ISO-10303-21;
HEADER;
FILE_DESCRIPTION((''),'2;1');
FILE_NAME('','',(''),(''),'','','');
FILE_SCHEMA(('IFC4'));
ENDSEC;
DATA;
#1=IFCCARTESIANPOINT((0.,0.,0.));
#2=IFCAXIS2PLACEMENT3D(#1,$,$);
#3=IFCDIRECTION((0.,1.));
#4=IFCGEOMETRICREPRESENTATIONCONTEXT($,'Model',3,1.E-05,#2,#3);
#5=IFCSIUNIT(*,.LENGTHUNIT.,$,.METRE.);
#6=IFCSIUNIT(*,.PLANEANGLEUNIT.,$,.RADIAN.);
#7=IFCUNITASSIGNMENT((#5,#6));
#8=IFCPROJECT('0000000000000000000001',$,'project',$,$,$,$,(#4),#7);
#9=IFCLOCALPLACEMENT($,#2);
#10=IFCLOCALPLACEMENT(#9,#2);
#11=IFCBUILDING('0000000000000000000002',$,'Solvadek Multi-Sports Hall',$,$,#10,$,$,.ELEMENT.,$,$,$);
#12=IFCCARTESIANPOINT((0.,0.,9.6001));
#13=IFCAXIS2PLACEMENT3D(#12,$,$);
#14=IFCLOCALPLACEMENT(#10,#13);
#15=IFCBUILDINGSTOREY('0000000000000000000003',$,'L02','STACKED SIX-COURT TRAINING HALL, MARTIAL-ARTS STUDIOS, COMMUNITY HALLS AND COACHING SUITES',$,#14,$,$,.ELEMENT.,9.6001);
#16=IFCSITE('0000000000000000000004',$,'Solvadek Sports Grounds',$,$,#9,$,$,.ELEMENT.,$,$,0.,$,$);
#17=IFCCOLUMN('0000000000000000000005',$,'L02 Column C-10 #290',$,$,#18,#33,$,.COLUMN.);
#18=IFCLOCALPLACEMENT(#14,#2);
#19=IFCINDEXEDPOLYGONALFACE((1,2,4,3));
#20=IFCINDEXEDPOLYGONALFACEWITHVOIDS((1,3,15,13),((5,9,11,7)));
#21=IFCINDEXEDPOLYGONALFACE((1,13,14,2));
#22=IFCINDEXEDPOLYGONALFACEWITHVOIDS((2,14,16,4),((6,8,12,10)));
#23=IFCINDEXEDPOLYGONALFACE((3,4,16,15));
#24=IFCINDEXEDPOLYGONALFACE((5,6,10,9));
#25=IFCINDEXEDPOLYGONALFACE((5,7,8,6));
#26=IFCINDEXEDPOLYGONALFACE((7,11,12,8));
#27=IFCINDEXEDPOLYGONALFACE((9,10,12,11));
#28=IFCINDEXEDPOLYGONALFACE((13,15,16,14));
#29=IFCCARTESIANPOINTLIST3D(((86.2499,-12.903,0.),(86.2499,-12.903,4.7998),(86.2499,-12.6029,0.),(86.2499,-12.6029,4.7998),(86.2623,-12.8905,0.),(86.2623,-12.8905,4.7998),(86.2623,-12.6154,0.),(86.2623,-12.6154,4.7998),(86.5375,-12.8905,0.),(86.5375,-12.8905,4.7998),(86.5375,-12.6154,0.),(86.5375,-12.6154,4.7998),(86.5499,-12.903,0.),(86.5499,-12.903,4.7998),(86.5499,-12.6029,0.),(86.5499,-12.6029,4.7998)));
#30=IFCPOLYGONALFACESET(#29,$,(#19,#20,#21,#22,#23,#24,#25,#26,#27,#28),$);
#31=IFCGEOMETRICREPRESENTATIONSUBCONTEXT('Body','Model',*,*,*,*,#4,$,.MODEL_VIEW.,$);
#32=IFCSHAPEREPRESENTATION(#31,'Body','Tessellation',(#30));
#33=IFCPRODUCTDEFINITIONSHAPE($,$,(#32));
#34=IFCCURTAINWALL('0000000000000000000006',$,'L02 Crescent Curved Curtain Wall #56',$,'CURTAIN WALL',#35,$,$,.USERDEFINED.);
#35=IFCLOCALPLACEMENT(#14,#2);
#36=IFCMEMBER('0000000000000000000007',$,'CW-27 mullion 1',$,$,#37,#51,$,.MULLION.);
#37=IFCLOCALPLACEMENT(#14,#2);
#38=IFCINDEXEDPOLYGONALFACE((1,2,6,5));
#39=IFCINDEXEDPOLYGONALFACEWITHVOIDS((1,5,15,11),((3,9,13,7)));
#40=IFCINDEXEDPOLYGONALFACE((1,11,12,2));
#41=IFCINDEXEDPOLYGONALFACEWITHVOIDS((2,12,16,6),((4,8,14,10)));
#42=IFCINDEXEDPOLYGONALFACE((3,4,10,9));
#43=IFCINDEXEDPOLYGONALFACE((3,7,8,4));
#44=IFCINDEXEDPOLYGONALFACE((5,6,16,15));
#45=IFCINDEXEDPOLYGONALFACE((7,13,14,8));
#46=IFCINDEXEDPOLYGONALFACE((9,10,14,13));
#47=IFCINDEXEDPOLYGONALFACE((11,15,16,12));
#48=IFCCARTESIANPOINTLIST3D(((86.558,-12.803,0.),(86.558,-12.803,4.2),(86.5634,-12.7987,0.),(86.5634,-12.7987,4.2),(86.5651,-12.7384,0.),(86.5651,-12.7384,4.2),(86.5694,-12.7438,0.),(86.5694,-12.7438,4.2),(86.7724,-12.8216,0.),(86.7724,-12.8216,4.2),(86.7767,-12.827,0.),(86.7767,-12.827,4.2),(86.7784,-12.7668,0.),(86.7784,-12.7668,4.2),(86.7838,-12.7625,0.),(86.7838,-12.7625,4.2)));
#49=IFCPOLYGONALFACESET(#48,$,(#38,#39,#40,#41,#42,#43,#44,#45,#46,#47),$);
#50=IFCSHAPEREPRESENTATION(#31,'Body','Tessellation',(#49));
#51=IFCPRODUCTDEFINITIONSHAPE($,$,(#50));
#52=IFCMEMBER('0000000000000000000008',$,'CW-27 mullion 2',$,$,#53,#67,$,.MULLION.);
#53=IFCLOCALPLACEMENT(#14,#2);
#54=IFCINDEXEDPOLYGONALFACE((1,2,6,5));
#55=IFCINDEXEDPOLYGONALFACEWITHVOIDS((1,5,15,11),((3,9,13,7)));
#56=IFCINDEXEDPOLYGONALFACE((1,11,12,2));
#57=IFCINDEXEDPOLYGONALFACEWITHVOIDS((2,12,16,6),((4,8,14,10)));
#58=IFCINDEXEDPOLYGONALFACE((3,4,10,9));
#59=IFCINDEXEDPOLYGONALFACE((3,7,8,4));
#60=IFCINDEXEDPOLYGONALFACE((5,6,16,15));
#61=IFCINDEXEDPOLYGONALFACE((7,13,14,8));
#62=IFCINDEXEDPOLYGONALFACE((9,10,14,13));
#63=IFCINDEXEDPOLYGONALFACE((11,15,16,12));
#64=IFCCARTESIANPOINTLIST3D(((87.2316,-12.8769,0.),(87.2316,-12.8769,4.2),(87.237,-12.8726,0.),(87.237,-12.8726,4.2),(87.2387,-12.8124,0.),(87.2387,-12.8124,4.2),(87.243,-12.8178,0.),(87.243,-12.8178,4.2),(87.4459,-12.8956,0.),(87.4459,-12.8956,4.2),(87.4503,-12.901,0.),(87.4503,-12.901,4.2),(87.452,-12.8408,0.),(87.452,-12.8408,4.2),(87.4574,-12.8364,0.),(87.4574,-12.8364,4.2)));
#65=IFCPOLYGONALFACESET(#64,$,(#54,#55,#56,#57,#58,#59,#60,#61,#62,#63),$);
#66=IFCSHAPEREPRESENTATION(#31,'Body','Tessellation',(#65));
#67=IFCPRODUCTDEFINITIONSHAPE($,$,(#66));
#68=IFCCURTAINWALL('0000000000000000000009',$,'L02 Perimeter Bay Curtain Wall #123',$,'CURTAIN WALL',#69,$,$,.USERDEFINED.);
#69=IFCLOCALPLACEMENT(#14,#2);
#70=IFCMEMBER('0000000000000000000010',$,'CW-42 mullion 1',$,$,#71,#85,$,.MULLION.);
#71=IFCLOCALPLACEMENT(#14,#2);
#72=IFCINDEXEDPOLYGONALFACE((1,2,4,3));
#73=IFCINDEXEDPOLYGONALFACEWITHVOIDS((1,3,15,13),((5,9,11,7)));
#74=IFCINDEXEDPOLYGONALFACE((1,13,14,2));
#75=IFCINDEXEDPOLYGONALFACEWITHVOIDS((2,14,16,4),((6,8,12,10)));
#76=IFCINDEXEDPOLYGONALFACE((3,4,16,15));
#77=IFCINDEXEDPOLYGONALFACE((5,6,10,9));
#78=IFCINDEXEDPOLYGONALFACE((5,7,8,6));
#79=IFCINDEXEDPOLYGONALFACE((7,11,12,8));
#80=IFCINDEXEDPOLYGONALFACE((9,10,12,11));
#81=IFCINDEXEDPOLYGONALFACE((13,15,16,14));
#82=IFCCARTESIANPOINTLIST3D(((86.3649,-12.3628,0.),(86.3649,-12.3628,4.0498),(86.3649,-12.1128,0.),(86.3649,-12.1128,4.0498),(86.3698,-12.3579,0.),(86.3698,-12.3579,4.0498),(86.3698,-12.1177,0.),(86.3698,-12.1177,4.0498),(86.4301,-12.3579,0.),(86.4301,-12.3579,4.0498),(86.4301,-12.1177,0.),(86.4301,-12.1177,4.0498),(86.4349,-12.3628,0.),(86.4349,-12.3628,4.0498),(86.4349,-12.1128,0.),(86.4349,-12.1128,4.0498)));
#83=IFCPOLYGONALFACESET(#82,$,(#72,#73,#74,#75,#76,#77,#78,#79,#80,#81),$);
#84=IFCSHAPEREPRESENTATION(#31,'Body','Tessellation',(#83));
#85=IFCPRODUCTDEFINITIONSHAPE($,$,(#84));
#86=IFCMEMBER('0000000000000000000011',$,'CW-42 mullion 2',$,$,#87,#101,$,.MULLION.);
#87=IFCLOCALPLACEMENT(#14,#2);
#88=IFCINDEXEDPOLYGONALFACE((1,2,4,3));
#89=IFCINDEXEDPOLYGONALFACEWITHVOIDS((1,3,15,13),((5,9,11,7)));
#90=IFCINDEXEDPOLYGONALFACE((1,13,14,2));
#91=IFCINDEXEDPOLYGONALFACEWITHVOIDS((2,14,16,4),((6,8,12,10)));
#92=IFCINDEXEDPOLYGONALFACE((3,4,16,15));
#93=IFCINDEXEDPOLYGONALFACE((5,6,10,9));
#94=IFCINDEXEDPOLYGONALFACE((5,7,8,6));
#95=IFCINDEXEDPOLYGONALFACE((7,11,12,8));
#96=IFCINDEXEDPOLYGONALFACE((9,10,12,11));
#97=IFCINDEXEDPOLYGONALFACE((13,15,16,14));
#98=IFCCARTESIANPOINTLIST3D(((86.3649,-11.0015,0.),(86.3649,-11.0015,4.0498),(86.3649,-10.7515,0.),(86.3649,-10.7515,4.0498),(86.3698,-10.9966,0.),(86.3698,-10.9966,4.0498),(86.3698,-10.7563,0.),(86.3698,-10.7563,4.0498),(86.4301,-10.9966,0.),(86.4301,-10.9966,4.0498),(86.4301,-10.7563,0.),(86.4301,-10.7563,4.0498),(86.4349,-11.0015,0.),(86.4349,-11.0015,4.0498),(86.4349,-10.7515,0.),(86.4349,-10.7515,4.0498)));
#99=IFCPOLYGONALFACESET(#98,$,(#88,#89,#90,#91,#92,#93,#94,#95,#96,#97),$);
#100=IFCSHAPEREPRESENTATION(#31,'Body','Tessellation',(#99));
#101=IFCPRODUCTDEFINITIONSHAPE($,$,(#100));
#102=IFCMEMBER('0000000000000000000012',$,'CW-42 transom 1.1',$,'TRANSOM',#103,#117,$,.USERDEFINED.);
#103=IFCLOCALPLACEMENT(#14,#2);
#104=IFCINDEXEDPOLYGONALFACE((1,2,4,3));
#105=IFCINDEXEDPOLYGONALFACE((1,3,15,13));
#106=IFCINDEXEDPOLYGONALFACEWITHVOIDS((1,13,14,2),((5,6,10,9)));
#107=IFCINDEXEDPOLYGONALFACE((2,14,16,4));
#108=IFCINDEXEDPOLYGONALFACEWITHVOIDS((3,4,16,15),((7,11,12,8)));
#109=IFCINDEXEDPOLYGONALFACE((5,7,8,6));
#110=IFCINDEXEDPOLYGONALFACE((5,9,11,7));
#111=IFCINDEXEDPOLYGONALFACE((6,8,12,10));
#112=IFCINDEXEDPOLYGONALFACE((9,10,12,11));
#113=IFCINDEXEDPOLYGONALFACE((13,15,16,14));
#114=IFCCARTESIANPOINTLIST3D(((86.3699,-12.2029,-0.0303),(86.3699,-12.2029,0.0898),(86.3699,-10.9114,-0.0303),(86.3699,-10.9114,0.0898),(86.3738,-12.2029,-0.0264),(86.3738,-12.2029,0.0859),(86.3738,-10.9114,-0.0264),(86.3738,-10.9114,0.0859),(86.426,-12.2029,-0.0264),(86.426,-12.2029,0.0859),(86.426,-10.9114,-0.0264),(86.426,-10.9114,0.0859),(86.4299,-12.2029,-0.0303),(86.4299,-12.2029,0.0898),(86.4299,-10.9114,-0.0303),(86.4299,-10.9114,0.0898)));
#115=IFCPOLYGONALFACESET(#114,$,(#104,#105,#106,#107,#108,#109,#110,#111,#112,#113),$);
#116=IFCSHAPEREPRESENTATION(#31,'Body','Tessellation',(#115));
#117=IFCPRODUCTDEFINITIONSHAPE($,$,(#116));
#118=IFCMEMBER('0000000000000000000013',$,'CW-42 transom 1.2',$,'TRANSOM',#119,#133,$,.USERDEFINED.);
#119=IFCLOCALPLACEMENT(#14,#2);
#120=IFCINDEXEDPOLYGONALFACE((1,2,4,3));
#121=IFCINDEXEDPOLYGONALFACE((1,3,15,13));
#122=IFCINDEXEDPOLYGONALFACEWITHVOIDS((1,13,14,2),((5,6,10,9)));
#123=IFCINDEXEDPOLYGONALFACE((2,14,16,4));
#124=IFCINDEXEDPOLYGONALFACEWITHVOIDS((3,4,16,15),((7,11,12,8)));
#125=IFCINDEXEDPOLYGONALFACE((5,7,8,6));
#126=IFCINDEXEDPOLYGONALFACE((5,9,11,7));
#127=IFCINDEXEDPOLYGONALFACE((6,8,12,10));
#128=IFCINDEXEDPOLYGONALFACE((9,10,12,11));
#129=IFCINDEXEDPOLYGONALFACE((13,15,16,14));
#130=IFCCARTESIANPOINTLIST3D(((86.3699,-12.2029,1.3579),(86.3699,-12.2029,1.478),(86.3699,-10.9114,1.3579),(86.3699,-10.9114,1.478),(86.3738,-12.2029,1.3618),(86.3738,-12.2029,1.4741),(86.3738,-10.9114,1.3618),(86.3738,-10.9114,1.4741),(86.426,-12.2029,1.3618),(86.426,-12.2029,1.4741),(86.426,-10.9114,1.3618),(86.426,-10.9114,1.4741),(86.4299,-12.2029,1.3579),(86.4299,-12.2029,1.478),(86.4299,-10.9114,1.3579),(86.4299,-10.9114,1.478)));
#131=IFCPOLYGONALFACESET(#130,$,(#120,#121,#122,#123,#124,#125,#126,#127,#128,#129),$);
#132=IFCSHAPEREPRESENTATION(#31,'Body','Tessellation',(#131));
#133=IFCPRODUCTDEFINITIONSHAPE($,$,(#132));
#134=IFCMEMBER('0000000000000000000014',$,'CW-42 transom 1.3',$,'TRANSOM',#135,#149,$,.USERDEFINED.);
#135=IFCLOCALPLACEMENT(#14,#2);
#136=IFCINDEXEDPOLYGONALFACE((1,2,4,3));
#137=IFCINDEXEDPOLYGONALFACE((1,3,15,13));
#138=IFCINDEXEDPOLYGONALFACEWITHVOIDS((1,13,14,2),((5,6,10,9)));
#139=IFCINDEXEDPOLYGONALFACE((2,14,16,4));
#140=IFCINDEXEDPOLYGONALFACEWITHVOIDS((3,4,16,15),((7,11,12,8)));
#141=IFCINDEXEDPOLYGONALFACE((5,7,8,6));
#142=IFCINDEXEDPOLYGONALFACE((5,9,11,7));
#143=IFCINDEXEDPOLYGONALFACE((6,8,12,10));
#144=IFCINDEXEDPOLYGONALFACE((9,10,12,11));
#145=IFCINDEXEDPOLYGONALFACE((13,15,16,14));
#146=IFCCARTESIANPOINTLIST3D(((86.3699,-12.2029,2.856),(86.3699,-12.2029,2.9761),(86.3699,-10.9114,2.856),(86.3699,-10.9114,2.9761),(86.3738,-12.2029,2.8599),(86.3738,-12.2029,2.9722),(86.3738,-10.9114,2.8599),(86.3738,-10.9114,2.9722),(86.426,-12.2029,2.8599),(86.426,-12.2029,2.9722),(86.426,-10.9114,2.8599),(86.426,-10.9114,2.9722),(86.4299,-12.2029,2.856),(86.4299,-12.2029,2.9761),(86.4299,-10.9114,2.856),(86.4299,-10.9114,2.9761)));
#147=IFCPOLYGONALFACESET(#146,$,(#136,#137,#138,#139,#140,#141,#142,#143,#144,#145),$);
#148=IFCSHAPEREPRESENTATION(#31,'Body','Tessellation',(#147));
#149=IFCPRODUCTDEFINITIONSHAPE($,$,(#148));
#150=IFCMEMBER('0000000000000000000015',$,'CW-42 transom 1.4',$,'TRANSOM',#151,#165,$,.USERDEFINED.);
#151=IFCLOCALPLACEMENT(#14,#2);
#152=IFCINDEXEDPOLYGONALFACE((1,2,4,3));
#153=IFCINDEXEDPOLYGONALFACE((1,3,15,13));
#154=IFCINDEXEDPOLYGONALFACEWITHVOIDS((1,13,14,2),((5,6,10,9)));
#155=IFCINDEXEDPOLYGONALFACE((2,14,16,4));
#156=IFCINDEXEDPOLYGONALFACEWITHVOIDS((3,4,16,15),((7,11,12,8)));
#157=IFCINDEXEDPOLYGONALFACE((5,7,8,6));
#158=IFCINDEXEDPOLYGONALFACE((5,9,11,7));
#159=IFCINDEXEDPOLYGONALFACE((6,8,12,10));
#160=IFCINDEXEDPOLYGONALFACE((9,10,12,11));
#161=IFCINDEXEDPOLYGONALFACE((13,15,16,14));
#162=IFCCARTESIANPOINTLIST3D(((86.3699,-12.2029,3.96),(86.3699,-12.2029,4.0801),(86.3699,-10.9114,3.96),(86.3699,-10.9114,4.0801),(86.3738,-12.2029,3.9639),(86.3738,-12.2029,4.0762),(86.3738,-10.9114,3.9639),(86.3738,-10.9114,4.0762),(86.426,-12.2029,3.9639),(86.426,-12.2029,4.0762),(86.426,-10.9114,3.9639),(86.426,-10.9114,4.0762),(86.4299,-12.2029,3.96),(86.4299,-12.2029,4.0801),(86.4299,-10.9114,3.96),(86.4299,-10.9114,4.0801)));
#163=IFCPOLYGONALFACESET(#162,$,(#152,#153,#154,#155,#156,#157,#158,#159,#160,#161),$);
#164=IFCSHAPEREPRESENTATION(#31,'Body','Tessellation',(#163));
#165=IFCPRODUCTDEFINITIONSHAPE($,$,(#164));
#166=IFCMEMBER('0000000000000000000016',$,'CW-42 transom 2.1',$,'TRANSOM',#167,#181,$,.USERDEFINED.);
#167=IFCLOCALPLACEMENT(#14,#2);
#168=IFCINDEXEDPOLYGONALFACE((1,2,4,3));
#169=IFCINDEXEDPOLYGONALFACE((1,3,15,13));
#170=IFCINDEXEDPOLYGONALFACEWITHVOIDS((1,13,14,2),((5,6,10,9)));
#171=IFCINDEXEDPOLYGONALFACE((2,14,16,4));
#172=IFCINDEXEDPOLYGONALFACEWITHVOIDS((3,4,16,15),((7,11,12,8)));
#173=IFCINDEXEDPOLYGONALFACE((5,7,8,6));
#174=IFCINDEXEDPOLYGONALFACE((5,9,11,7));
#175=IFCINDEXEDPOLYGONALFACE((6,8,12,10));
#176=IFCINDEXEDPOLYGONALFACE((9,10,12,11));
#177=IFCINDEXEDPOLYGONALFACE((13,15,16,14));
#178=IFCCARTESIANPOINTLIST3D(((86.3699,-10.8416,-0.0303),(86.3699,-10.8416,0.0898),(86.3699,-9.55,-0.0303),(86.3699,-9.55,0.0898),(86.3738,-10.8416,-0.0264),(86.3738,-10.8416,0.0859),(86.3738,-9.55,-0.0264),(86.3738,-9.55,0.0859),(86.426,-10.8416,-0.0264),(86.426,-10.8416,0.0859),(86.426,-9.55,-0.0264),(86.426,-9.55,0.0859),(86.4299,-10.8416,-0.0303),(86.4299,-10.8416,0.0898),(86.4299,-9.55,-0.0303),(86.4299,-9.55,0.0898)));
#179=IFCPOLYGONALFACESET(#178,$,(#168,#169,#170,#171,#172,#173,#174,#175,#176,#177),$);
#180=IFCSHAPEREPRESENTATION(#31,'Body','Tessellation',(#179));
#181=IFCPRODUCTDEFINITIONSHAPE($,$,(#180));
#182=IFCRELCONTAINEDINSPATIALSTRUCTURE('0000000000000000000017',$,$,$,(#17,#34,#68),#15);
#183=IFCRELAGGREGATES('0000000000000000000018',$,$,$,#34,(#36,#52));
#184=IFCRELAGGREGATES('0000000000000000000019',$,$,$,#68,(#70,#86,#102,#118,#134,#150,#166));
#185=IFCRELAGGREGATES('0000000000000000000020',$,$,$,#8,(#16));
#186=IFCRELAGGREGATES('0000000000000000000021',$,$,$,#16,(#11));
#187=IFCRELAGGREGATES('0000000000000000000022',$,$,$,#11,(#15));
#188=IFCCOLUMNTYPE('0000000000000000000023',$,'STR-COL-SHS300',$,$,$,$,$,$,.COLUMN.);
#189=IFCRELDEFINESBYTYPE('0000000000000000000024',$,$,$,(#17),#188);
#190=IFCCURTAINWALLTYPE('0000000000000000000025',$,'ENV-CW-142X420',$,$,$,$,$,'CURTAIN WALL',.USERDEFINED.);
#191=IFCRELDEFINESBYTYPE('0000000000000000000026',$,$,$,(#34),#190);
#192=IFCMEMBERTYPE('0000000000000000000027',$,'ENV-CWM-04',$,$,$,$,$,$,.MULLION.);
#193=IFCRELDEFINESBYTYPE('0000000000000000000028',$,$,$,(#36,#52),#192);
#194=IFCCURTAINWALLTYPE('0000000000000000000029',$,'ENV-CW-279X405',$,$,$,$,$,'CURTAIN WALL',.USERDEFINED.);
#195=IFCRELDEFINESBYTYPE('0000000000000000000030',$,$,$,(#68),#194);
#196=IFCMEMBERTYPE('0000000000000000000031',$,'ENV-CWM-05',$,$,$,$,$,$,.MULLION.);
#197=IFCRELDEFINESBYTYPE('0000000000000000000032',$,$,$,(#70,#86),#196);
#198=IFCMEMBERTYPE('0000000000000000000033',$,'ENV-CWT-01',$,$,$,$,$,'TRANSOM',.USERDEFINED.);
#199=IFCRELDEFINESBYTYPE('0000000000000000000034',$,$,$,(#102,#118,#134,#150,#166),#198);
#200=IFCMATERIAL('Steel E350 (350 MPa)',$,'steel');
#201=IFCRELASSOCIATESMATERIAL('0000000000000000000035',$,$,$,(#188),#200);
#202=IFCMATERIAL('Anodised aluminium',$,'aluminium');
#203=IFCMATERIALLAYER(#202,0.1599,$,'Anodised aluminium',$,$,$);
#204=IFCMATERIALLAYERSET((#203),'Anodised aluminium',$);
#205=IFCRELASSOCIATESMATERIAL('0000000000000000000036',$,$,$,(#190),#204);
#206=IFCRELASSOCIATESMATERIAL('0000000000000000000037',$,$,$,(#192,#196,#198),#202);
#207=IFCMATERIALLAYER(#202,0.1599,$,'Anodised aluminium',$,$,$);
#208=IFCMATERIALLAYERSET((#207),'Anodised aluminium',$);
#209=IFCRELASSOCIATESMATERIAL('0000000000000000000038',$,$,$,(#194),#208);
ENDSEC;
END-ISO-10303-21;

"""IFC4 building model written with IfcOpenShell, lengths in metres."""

from ifc_helpers import new_model, si_unit, direction, frame, origin, origin_2d, place, context, subcontext, project, spatial, hollow_rectangle, extrude, material, layer, layer_set, material_profile, profile_set, type_object, element, aggregate, save


model = new_model("IFC4")

# Units and contexts
model_context = context("Model", 3, precision=1e-05, world=origin(), true_north=direction((0.0, 1.0)))
body_context = subcontext(model_context, "Body", "Model", "MODEL_VIEW")
ifc_project = project(units=[si_unit("LENGTHUNIT", "METRE"), si_unit("PLANEANGLEUNIT", "RADIAN")], contexts=[model_context])

# Site, building, storey
site_placement = place(None, origin())
site = spatial("IfcSite", under=ifc_project, at=site_placement, Name="Solvadek Sports Grounds", CompositionType="ELEMENT", RefElevation=0.0)
building_placement = place(site_placement, origin())
building = spatial("IfcBuilding", under=site, at=building_placement, Name="Solvadek Multi-Sports Hall", CompositionType="ELEMENT")
storey_placement = place(building_placement, frame((0.0, 0.0, 9.6001)))
storey = spatial("IfcBuildingStorey", under=building, at=storey_placement, Name="L02", Description="STACKED SIX-COURT TRAINING HALL, MARTIAL-ARTS STUDIOS, COMMUNITY HALLS AND COACHING SUITES", CompositionType="ELEMENT", Elevation=9.6001)

# Column
ifc_material_1 = material(Name="Steel E350 (350 MPa)", Category="steel")
ifc_material_profile_1 = material_profile(ifc_material_1, hollow_rectangle(XDim=0.3, YDim=0.3, WallThickness=0.0125, at=origin_2d()), Name="SHS 300x300x12.5")
ifc_profile_set_1 = profile_set([ifc_material_profile_1], Name="Steel E350 (350 MPa)")
column_type = type_object("IfcColumnType", Name="STR-COL-SHS300", PredefinedType="COLUMN", material=ifc_profile_set_1)
column_placement = place(storey_placement, frame((86.3999, -12.7529, 0.0), z_axis=(0.0, 0.0, 1.0), x_axis=(1.0, 0.0, 0.0)))
element("IfcColumn", 1, at=column_placement, inside=storey, type_object=column_type, Name="L02 Column C-10 #290", PredefinedType="COLUMN", context=body_context, shape_type="SweptSolid", body=[
    extrude(hollow_rectangle(XDim=0.3, YDim=0.3, WallThickness=0.0125, at=origin_2d()), origin(), (0.0, 0.0, 1.0), 4.7998),
])

# Curtain walls, members
ifc_material_2 = material(Name="Anodised aluminium", Category="aluminium")
ifc_layer_1 = layer(ifc_material_2, 0.1599, Name="Anodised aluminium")
ifc_layer_set_1 = layer_set([ifc_layer_1], Name="Anodised aluminium")
curtain_wall_type_1 = type_object("IfcCurtainWallType", Name="ENV-CW-142X420", ElementType="CURTAIN WALL", PredefinedType="USERDEFINED", material=ifc_layer_set_1)
curtain_wall_1_placement = place(storey_placement, origin())
curtain_wall_1 = element("IfcCurtainWall", 2, at=curtain_wall_1_placement, inside=storey, type_object=curtain_wall_type_1, Name="L02 Crescent Curved Curtain Wall #56", ObjectType="CURTAIN WALL", PredefinedType="USERDEFINED")
ifc_material_profile_2 = material_profile(ifc_material_2, hollow_rectangle(XDim=0.0649, YDim=0.22, WallThickness=0.0049, at=origin_2d()), Name="ALU-M 220x65x5")
ifc_profile_set_2 = profile_set([ifc_material_profile_2], Name="Anodised aluminium")
member_type_1 = type_object("IfcMemberType", Name="ENV-CWM-04", PredefinedType="MULLION", material=ifc_profile_set_2)
member_1_placement = place(storey_placement, frame((86.6709, -12.7827, 0.0), z_axis=(0.0, 0.0, 1.0), x_axis=(0.109288, 0.99401, 0.0)))
member_1 = element("IfcMember", 3, at=member_1_placement, type_object=member_type_1, Name="CW-27 mullion 1", PredefinedType="MULLION", context=body_context, shape_type="SweptSolid", body=[
    extrude(hollow_rectangle(XDim=0.0649, YDim=0.22, WallThickness=0.0049, at=origin_2d()), origin(), (0.0, 0.0, 1.0), 4.2),
])
member_2_placement = place(storey_placement, frame((87.3445, -12.8567, 0.0), z_axis=(0.0, 0.0, 1.0), x_axis=(0.109288, 0.99401, 0.0)))
member_2 = element("IfcMember", 4, at=member_2_placement, type_object=member_type_1, Name="CW-27 mullion 2", PredefinedType="MULLION", context=body_context, shape_type="SweptSolid", body=[
    extrude(hollow_rectangle(XDim=0.0649, YDim=0.22, WallThickness=0.0049, at=origin_2d()), origin(), (0.0, 0.0, 1.0), 4.2),
])
ifc_layer_2 = layer(ifc_material_2, 0.1599, Name="Anodised aluminium")
ifc_layer_set_2 = layer_set([ifc_layer_2], Name="Anodised aluminium")
curtain_wall_type_2 = type_object("IfcCurtainWallType", Name="ENV-CW-279X405", ElementType="CURTAIN WALL", PredefinedType="USERDEFINED", material=ifc_layer_set_2)
curtain_wall_2_placement = place(storey_placement, origin())
curtain_wall_2 = element("IfcCurtainWall", 5, at=curtain_wall_2_placement, inside=storey, type_object=curtain_wall_type_2, Name="L02 Perimeter Bay Curtain Wall #123", ObjectType="CURTAIN WALL", PredefinedType="USERDEFINED")
ifc_material_profile_3 = material_profile(ifc_material_2, hollow_rectangle(XDim=0.0701, YDim=0.25, WallThickness=0.0049, at=origin_2d()), Name="ALU-M 250x70x5")
ifc_profile_set_3 = profile_set([ifc_material_profile_3], Name="Anodised aluminium")
member_type_2 = type_object("IfcMemberType", Name="ENV-CWM-05", PredefinedType="MULLION", material=ifc_profile_set_3)
member_3_placement = place(storey_placement, frame((86.3999, -12.2378, 0.0), z_axis=(0.0, 0.0, 1.0), x_axis=(-1.0, 0.0, 0.0)))
member_3 = element("IfcMember", 6, at=member_3_placement, type_object=member_type_2, Name="CW-42 mullion 1", PredefinedType="MULLION", context=body_context, shape_type="SweptSolid", body=[
    extrude(hollow_rectangle(XDim=0.0701, YDim=0.25, WallThickness=0.0049, at=origin_2d()), origin(), (0.0, 0.0, 1.0), 4.0498),
])
member_4_placement = place(storey_placement, frame((86.3999, -10.8765, 0.0), z_axis=(0.0, 0.0, 1.0), x_axis=(-1.0, 0.0, 0.0)))
member_4 = element("IfcMember", 7, at=member_4_placement, type_object=member_type_2, Name="CW-42 mullion 2", PredefinedType="MULLION", context=body_context, shape_type="SweptSolid", body=[
    extrude(hollow_rectangle(XDim=0.0701, YDim=0.25, WallThickness=0.0049, at=origin_2d()), origin(), (0.0, 0.0, 1.0), 4.0498),
])
ifc_material_profile_4 = material_profile(ifc_material_2, hollow_rectangle(XDim=0.0601, YDim=0.1201, WallThickness=0.0039, at=origin_2d()), Name="ALU-T 120x60x4")
ifc_profile_set_4 = profile_set([ifc_material_profile_4], Name="Anodised aluminium")
member_type_3 = type_object("IfcMemberType", Name="ENV-CWT-01", ElementType="TRANSOM", PredefinedType="USERDEFINED", material=ifc_profile_set_4)
member_5_placement = place(storey_placement, frame((86.3999, -12.2029, 0.0298), z_axis=(0.0, 1.0, 0.0), x_axis=(-1.0, 0.0, 0.0)))
member_5 = element("IfcMember", 8, at=member_5_placement, type_object=member_type_3, Name="CW-42 transom 1.1", ObjectType="TRANSOM", PredefinedType="USERDEFINED", context=body_context, shape_type="SweptSolid", body=[
    extrude(hollow_rectangle(XDim=0.0601, YDim=0.1201, WallThickness=0.0039, at=origin_2d()), origin(), (0.0, 0.0, 1.0), 1.2915),
])
member_6_placement = place(storey_placement, frame((86.3999, -12.2029, 1.418), z_axis=(0.0, 1.0, 0.0), x_axis=(-1.0, 0.0, 0.0)))
member_6 = element("IfcMember", 9, at=member_6_placement, type_object=member_type_3, Name="CW-42 transom 1.2", ObjectType="TRANSOM", PredefinedType="USERDEFINED", context=body_context, shape_type="SweptSolid", body=[
    extrude(hollow_rectangle(XDim=0.0601, YDim=0.1201, WallThickness=0.0039, at=origin_2d()), origin(), (0.0, 0.0, 1.0), 1.2915),
])
member_7_placement = place(storey_placement, frame((86.3999, -12.2029, 2.916), z_axis=(0.0, 1.0, 0.0), x_axis=(-1.0, 0.0, 0.0)))
member_7 = element("IfcMember", 10, at=member_7_placement, type_object=member_type_3, Name="CW-42 transom 1.3", ObjectType="TRANSOM", PredefinedType="USERDEFINED", context=body_context, shape_type="SweptSolid", body=[
    extrude(hollow_rectangle(XDim=0.0601, YDim=0.1201, WallThickness=0.0039, at=origin_2d()), origin(), (0.0, 0.0, 1.0), 1.2915),
])
member_8_placement = place(storey_placement, frame((86.3999, -12.2029, 4.02), z_axis=(0.0, 1.0, 0.0), x_axis=(-1.0, 0.0, 0.0)))
member_8 = element("IfcMember", 11, at=member_8_placement, type_object=member_type_3, Name="CW-42 transom 1.4", ObjectType="TRANSOM", PredefinedType="USERDEFINED", context=body_context, shape_type="SweptSolid", body=[
    extrude(hollow_rectangle(XDim=0.0601, YDim=0.1201, WallThickness=0.0039, at=origin_2d()), origin(), (0.0, 0.0, 1.0), 1.2915),
])
member_9_placement = place(storey_placement, frame((86.3999, -10.8416, 0.0298), z_axis=(0.0, 1.0, 0.0), x_axis=(-1.0, 0.0, 0.0)))
member_9 = element("IfcMember", 12, at=member_9_placement, type_object=member_type_3, Name="CW-42 transom 2.1", ObjectType="TRANSOM", PredefinedType="USERDEFINED", context=body_context, shape_type="SweptSolid", body=[
    extrude(hollow_rectangle(XDim=0.0601, YDim=0.1201, WallThickness=0.0039, at=origin_2d()), origin(), (0.0, 0.0, 1.0), 1.2915),
])

aggregate(curtain_wall_1, [member_1, member_2])
aggregate(curtain_wall_2, [member_3, member_4, member_5, member_6, member_7, member_8, member_9])

save(model, "model.ifc")
